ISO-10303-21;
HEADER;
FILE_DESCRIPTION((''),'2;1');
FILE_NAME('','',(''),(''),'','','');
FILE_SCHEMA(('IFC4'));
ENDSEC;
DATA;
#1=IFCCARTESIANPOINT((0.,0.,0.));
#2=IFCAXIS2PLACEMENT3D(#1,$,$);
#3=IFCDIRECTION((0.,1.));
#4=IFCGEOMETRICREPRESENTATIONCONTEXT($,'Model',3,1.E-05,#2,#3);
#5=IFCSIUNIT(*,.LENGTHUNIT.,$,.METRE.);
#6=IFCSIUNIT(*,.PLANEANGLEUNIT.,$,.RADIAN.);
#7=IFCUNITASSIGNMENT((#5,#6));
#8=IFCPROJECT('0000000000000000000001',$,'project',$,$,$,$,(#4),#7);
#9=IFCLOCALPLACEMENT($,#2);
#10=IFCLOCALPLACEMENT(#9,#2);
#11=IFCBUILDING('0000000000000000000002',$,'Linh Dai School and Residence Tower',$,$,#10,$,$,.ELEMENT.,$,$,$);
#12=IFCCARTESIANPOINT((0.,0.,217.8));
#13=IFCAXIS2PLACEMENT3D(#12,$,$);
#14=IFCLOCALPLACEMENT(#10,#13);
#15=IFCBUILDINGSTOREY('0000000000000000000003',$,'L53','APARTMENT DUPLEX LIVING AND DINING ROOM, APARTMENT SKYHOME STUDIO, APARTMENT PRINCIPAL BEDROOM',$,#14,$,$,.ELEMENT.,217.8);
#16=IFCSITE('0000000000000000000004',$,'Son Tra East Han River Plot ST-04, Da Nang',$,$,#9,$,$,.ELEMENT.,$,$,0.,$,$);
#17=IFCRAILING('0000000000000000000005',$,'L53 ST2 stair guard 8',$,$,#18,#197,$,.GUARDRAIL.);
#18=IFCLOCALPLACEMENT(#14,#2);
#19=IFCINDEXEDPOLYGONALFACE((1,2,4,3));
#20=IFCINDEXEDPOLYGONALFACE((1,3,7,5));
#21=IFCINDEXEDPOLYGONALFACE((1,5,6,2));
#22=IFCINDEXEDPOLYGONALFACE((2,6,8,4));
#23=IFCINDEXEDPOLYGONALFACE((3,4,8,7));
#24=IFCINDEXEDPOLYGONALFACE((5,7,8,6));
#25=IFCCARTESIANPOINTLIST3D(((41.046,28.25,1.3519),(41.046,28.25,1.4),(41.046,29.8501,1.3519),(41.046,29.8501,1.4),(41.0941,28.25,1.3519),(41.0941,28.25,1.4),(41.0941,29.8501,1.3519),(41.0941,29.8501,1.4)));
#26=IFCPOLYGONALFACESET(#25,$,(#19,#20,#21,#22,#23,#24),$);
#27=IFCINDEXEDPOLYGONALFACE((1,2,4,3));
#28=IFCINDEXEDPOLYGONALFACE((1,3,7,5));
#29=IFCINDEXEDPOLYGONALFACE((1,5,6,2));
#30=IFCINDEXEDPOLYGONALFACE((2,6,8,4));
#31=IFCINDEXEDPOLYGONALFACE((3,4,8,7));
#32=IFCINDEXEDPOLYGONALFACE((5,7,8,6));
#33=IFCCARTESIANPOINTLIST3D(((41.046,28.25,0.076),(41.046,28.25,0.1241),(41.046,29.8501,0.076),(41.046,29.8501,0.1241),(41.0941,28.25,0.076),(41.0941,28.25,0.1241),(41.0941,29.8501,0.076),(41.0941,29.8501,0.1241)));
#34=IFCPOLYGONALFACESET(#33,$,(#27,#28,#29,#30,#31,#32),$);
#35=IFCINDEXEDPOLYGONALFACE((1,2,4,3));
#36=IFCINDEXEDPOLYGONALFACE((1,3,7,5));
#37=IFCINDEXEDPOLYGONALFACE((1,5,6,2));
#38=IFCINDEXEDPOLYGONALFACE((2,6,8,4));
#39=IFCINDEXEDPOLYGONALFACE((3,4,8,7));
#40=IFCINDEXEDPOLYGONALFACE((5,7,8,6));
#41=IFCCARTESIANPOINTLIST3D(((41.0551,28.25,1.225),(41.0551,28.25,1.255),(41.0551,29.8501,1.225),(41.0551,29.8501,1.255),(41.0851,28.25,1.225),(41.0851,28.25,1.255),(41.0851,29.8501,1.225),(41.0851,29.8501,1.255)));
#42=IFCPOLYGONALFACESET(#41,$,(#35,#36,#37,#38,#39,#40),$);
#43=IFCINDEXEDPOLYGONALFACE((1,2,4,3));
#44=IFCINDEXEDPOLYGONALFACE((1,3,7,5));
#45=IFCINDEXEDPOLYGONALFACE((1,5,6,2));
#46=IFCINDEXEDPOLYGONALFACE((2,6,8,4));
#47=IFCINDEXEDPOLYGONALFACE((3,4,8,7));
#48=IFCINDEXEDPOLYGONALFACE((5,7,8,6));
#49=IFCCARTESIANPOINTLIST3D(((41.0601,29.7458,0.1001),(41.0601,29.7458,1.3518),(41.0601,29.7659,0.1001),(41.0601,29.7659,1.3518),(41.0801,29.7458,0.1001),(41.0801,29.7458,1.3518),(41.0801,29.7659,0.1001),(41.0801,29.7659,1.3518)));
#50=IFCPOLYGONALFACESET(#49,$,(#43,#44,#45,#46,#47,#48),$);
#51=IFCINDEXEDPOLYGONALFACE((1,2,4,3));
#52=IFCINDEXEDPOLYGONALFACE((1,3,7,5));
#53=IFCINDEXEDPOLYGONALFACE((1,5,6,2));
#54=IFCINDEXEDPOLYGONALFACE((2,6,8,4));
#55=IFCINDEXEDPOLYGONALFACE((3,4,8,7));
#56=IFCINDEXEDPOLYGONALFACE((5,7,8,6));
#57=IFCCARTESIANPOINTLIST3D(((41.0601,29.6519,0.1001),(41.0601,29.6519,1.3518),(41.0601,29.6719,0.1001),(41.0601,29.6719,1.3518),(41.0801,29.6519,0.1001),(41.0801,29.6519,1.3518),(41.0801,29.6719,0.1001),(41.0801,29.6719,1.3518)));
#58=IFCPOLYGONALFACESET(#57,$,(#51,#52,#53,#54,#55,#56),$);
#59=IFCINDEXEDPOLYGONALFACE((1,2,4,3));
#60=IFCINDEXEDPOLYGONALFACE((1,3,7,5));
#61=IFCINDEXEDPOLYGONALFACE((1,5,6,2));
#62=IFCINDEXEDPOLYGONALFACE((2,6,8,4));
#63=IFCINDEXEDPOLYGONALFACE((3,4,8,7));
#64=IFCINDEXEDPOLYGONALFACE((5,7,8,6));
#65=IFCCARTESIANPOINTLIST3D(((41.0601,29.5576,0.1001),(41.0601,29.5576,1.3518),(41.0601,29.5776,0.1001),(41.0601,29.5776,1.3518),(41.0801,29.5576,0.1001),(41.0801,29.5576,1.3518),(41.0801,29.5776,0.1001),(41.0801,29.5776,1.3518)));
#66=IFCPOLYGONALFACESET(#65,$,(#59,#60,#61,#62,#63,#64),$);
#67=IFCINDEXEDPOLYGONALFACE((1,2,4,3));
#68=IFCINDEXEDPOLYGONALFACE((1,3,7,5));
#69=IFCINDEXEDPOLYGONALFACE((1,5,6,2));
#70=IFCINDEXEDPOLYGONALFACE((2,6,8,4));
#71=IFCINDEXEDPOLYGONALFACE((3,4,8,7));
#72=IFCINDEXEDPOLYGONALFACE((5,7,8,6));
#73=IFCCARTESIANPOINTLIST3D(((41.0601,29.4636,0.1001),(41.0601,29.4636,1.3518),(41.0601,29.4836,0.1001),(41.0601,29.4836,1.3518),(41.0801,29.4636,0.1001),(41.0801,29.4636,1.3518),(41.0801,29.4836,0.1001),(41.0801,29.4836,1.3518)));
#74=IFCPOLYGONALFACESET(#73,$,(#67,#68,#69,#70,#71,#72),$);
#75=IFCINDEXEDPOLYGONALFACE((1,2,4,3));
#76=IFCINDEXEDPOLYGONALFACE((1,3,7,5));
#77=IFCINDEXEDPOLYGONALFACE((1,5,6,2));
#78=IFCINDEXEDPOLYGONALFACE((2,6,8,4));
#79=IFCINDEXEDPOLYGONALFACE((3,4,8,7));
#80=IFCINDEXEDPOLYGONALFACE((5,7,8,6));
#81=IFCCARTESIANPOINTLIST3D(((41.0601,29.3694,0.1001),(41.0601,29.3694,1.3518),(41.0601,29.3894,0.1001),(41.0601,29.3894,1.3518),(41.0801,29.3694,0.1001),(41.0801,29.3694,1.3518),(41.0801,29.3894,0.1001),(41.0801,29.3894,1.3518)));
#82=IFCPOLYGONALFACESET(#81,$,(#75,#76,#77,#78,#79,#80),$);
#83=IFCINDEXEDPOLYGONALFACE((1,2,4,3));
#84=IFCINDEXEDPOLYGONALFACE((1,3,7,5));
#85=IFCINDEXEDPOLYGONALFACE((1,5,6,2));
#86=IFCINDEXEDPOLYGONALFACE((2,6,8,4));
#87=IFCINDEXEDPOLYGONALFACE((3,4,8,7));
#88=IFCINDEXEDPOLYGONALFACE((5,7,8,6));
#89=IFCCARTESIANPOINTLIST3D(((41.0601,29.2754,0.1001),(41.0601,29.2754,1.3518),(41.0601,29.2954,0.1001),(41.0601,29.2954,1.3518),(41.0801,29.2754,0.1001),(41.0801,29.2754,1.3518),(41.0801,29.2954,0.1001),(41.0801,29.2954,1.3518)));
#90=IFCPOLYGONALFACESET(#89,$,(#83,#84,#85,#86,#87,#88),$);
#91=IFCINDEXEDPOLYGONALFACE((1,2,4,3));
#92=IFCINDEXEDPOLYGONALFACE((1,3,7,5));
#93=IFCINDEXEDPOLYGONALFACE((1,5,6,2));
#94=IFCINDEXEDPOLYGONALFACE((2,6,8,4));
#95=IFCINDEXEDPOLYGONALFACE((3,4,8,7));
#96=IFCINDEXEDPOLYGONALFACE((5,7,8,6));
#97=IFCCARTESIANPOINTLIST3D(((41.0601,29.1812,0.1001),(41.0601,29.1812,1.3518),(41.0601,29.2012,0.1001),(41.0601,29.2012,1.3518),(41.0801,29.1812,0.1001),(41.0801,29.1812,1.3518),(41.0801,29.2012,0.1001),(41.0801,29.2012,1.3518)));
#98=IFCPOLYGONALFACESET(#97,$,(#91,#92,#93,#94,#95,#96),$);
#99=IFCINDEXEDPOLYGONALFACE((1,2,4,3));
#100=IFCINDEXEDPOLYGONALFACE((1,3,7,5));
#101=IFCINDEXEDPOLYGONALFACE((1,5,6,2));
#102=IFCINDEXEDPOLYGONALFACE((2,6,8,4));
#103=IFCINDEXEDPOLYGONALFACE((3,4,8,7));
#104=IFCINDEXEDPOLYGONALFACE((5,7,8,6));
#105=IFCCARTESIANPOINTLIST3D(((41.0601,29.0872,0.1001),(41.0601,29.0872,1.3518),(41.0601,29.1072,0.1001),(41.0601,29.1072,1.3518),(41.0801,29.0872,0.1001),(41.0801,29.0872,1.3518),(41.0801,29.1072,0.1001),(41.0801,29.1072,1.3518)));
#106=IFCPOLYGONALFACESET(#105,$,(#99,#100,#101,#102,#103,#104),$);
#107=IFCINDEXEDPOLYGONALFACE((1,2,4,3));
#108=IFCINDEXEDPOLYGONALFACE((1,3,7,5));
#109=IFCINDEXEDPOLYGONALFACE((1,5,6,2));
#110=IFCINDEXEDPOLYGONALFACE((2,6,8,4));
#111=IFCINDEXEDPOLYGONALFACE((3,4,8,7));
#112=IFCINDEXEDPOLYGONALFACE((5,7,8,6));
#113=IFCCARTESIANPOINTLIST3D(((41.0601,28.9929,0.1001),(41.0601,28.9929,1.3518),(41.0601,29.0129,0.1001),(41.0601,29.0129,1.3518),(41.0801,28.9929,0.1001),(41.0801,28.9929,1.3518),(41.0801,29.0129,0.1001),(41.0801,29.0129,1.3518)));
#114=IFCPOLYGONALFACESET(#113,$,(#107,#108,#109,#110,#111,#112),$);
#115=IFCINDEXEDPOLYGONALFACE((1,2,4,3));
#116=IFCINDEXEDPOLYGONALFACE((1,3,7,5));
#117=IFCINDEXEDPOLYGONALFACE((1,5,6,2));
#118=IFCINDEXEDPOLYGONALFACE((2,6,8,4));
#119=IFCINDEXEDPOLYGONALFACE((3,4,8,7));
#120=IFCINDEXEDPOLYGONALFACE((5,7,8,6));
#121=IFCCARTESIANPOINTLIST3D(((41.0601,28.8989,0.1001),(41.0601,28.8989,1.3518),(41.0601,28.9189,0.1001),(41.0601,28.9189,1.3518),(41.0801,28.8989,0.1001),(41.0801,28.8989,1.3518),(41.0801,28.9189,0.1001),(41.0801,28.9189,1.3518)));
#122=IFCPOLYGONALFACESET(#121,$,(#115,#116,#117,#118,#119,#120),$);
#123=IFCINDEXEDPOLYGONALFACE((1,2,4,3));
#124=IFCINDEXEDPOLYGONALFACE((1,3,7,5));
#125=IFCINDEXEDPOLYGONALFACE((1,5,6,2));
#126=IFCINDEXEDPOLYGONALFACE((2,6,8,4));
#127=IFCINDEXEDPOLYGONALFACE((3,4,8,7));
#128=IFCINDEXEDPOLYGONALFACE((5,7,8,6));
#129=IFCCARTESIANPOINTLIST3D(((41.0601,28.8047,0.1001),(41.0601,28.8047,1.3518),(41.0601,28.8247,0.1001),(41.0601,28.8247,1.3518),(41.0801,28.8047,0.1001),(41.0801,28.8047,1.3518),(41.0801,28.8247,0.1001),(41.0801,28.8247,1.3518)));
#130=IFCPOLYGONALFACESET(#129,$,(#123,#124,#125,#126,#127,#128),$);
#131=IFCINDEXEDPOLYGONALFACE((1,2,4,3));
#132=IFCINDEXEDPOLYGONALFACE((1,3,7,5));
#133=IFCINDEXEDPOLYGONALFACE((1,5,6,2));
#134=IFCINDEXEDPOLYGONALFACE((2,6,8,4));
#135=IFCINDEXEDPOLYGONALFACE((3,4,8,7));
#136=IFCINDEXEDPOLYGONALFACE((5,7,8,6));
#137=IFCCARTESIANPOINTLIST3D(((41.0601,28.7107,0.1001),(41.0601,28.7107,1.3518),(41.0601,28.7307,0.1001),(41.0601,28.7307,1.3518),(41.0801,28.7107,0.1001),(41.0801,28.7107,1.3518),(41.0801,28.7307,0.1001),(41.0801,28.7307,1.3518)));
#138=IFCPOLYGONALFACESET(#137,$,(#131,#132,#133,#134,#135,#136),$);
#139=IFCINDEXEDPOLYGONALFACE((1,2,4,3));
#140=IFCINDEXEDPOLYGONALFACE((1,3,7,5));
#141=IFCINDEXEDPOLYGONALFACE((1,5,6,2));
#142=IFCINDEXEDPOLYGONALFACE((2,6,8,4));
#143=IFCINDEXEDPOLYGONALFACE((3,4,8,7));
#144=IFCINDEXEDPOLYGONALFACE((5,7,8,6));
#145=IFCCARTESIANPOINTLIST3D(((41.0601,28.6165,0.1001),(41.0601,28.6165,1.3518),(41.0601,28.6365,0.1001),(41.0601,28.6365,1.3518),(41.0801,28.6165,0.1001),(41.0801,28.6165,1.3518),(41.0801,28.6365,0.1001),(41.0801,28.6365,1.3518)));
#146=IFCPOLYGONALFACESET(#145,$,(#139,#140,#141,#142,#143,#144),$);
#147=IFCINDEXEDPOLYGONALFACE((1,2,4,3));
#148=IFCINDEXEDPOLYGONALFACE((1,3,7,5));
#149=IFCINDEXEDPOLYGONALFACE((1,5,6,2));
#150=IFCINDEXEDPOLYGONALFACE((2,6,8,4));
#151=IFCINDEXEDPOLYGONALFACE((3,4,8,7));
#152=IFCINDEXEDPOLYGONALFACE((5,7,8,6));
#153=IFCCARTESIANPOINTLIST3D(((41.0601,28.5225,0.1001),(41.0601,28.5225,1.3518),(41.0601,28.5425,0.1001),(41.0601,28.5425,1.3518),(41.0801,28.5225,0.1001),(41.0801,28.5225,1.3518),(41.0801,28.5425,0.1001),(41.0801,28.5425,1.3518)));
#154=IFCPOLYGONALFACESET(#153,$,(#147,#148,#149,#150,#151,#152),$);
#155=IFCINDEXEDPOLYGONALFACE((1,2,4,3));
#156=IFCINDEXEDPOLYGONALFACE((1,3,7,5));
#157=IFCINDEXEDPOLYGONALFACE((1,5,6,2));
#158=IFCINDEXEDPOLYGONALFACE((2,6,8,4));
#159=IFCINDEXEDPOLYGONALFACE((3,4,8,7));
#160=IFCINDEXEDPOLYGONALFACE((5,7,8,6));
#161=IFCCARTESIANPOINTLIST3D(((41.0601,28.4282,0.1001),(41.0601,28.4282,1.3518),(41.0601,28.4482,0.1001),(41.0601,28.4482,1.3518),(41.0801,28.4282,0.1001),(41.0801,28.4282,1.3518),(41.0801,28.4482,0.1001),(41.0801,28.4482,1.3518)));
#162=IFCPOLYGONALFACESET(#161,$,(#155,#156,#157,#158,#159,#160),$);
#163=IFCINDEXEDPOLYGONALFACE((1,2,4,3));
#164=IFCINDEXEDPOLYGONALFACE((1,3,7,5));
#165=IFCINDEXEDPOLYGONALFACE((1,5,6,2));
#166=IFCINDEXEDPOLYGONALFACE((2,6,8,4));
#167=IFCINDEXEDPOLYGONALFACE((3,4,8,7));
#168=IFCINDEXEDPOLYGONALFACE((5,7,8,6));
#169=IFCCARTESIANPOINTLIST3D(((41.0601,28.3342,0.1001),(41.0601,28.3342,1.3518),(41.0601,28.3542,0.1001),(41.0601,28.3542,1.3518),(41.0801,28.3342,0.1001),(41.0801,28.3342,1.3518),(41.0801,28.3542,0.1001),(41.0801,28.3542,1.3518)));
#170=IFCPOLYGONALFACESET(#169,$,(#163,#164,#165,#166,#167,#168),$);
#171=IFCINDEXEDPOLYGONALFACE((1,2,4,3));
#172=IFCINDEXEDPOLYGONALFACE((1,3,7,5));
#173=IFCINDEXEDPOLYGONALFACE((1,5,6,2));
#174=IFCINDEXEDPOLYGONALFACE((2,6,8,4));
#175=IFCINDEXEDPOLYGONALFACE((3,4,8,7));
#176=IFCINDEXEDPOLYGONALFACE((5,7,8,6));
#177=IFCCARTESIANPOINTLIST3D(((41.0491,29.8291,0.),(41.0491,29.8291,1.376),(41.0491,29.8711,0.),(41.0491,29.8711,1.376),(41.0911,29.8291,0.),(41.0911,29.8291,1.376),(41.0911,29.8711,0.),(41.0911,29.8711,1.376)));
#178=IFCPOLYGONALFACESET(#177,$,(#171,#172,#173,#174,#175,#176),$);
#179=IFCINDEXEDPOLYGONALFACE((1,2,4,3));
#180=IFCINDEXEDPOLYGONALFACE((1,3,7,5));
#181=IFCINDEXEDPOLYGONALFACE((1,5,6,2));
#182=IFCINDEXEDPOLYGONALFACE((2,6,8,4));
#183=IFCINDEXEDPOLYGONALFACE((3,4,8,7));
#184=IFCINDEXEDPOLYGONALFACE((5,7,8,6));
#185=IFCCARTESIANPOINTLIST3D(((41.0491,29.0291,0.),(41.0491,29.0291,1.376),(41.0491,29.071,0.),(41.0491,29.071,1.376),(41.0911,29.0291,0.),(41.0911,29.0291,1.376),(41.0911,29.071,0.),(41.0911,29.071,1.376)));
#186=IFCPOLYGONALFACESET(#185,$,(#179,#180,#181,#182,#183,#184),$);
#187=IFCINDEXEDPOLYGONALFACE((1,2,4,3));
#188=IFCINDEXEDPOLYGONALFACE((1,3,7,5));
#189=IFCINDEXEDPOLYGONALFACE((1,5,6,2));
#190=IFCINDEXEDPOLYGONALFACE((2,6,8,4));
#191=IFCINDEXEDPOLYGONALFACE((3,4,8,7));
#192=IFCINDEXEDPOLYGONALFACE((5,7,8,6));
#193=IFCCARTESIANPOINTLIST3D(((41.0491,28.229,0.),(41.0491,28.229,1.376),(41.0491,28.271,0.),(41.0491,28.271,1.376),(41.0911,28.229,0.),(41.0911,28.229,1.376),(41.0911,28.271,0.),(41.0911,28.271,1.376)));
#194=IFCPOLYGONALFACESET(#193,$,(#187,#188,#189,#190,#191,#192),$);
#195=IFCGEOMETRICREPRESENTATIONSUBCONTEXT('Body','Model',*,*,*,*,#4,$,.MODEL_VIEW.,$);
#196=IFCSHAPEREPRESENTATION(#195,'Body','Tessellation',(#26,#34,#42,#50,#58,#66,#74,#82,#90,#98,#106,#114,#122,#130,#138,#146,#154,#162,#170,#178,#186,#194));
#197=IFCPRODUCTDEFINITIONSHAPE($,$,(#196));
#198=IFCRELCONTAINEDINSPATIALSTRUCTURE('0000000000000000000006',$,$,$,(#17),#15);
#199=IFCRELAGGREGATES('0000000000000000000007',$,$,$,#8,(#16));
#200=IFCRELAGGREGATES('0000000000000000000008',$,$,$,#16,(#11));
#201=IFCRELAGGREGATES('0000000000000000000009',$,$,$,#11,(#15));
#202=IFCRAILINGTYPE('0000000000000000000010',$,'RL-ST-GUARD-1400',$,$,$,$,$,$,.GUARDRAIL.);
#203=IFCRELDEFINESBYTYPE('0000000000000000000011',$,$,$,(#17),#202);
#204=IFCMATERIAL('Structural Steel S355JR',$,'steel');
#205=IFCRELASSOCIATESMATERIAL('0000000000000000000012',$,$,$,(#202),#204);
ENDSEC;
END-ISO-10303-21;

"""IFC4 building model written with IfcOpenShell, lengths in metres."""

from ifc_helpers import new_model, si_unit, direction, frame, origin, origin_2d, place, context, subcontext, project, spatial, rectangle, extrude, source, transform, mapped, material, type_object, element, save


model = new_model("IFC4")

# Units and contexts
model_context = context("Model", 3, precision=1e-05, world=origin(), true_north=direction((0.0, 1.0)))
body_context = subcontext(model_context, "Body", "Model", "MODEL_VIEW")
ifc_project = project(units=[si_unit("LENGTHUNIT", "METRE"), si_unit("PLANEANGLEUNIT", "RADIAN")], contexts=[model_context])

# Site, building, storey
site_placement = place(None, origin())
site = spatial("IfcSite", under=ifc_project, at=site_placement, Name="Son Tra East Han River Plot ST-04, Da Nang", CompositionType="ELEMENT", RefElevation=0.0)
building_placement = place(site_placement, origin())
building = spatial("IfcBuilding", under=site, at=building_placement, Name="Linh Dai School and Residence Tower", CompositionType="ELEMENT")
storey_placement = place(building_placement, frame((0.0, 0.0, 217.8)))
storey = spatial("IfcBuildingStorey", under=building, at=storey_placement, Name="L53", Description="APARTMENT DUPLEX LIVING AND DINING ROOM, APARTMENT SKYHOME STUDIO, APARTMENT PRINCIPAL BEDROOM", CompositionType="ELEMENT", Elevation=217.8)

# Shared definitions
ifc_material_1 = material(Name="Structural Steel S355JR", Category="steel")

# Railing
railing_type_1 = type_object("IfcRailingType", Name="RL-ST-GUARD-1400", PredefinedType="GUARDRAIL", material=ifc_material_1)
shared_shape_1 = source(origin(), body_context, "Body", "SweptSolid", [
    extrude(rectangle(XDim=0.0481, YDim=0.0481, at=origin_2d()), frame((0.0, 0.0, 1.376), z_axis=(0.0, -1.0, 0.0), x_axis=(1.0, 0.0, 0.0)), (0.0, 0.0, 1.0), 1.6001),
    extrude(rectangle(XDim=0.0481, YDim=0.0481, at=origin_2d()), frame((0.0, 0.0, 0.1001), z_axis=(0.0, -1.0, 0.0), x_axis=(1.0, 0.0, 0.0)), (0.0, 0.0, 1.0), 1.6001),
    extrude(rectangle(XDim=0.03, YDim=0.03, at=origin_2d()), frame((0.0, 0.0, 1.24), z_axis=(0.0, -1.0, 0.0), x_axis=(1.0, 0.0, 0.0)), (0.0, 0.0, 1.0), 1.6001),
    extrude(rectangle(XDim=0.02, YDim=0.02, at=origin_2d()), frame((0.0, -0.0942, 0.1001)), (0.0, 0.0, 1.0), 1.2517),
    extrude(rectangle(XDim=0.02, YDim=0.02, at=origin_2d()), frame((0.0, -0.1882, 0.1001)), (0.0, 0.0, 1.0), 1.2517),
    extrude(rectangle(XDim=0.02, YDim=0.02, at=origin_2d()), frame((0.0, -0.2825, 0.1001)), (0.0, 0.0, 1.0), 1.2517),
    extrude(rectangle(XDim=0.02, YDim=0.02, at=origin_2d()), frame((0.0, -0.3765, 0.1001)), (0.0, 0.0, 1.0), 1.2517),
    extrude(rectangle(XDim=0.02, YDim=0.02, at=origin_2d()), frame((0.0, -0.4707, 0.1001)), (0.0, 0.0, 1.0), 1.2517),
    extrude(rectangle(XDim=0.02, YDim=0.02, at=origin_2d()), frame((0.0, -0.5647, 0.1001)), (0.0, 0.0, 1.0), 1.2517),
    extrude(rectangle(XDim=0.02, YDim=0.02, at=origin_2d()), frame((0.0, -0.6589, 0.1001)), (0.0, 0.0, 1.0), 1.2517),
    extrude(rectangle(XDim=0.02, YDim=0.02, at=origin_2d()), frame((0.0, -0.7529, 0.1001)), (0.0, 0.0, 1.0), 1.2517),
    extrude(rectangle(XDim=0.02, YDim=0.02, at=origin_2d()), frame((0.0, -0.8472, 0.1001)), (0.0, 0.0, 1.0), 1.2517),
    extrude(rectangle(XDim=0.02, YDim=0.02, at=origin_2d()), frame((0.0, -0.9412, 0.1001)), (0.0, 0.0, 1.0), 1.2517),
    extrude(rectangle(XDim=0.02, YDim=0.02, at=origin_2d()), frame((0.0, -1.0354, 0.1001)), (0.0, 0.0, 1.0), 1.2517),
    extrude(rectangle(XDim=0.02, YDim=0.02, at=origin_2d()), frame((0.0, -1.1294, 0.1001)), (0.0, 0.0, 1.0), 1.2517),
    extrude(rectangle(XDim=0.02, YDim=0.02, at=origin_2d()), frame((0.0, -1.2236, 0.1001)), (0.0, 0.0, 1.0), 1.2517),
    extrude(rectangle(XDim=0.02, YDim=0.02, at=origin_2d()), frame((0.0, -1.3176, 0.1001)), (0.0, 0.0, 1.0), 1.2517),
    extrude(rectangle(XDim=0.02, YDim=0.02, at=origin_2d()), frame((0.0, -1.4119, 0.1001)), (0.0, 0.0, 1.0), 1.2517),
    extrude(rectangle(XDim=0.02, YDim=0.02, at=origin_2d()), frame((0.0, -1.5059, 0.1001)), (0.0, 0.0, 1.0), 1.2517),
    extrude(rectangle(XDim=0.042, YDim=0.042, at=origin_2d()), origin(), (0.0, 0.0, 1.0), 1.376),
    extrude(rectangle(XDim=0.042, YDim=0.042, at=origin_2d()), frame((0.0, -0.8, 0.0)), (0.0, 0.0, 1.0), 1.376),
    extrude(rectangle(XDim=0.042, YDim=0.042, at=origin_2d()), frame((0.0, -1.6001, 0.0)), (0.0, 0.0, 1.0), 1.376),
])
for number, where, name in (
    (1, (41.0701, 29.8501, 0.0), "L53 ST2 stair guard 8"),
):
    element("IfcRailing", number, at=place(storey_placement, frame(where)), inside=storey, type_object=railing_type_1, Name=name, PredefinedType="GUARDRAIL", context=body_context, shape_type="MappedRepresentation", body=[
        mapped(shared_shape_1, transform((0.0, 0.0, 0.0), x_axis=(1.0, 0.0, 0.0), y_axis=(0.0, 1.0, 0.0), z_axis=(0.0, 0.0, 1.0), scale=1.0)),
    ])

save(model, "model.ifc")
